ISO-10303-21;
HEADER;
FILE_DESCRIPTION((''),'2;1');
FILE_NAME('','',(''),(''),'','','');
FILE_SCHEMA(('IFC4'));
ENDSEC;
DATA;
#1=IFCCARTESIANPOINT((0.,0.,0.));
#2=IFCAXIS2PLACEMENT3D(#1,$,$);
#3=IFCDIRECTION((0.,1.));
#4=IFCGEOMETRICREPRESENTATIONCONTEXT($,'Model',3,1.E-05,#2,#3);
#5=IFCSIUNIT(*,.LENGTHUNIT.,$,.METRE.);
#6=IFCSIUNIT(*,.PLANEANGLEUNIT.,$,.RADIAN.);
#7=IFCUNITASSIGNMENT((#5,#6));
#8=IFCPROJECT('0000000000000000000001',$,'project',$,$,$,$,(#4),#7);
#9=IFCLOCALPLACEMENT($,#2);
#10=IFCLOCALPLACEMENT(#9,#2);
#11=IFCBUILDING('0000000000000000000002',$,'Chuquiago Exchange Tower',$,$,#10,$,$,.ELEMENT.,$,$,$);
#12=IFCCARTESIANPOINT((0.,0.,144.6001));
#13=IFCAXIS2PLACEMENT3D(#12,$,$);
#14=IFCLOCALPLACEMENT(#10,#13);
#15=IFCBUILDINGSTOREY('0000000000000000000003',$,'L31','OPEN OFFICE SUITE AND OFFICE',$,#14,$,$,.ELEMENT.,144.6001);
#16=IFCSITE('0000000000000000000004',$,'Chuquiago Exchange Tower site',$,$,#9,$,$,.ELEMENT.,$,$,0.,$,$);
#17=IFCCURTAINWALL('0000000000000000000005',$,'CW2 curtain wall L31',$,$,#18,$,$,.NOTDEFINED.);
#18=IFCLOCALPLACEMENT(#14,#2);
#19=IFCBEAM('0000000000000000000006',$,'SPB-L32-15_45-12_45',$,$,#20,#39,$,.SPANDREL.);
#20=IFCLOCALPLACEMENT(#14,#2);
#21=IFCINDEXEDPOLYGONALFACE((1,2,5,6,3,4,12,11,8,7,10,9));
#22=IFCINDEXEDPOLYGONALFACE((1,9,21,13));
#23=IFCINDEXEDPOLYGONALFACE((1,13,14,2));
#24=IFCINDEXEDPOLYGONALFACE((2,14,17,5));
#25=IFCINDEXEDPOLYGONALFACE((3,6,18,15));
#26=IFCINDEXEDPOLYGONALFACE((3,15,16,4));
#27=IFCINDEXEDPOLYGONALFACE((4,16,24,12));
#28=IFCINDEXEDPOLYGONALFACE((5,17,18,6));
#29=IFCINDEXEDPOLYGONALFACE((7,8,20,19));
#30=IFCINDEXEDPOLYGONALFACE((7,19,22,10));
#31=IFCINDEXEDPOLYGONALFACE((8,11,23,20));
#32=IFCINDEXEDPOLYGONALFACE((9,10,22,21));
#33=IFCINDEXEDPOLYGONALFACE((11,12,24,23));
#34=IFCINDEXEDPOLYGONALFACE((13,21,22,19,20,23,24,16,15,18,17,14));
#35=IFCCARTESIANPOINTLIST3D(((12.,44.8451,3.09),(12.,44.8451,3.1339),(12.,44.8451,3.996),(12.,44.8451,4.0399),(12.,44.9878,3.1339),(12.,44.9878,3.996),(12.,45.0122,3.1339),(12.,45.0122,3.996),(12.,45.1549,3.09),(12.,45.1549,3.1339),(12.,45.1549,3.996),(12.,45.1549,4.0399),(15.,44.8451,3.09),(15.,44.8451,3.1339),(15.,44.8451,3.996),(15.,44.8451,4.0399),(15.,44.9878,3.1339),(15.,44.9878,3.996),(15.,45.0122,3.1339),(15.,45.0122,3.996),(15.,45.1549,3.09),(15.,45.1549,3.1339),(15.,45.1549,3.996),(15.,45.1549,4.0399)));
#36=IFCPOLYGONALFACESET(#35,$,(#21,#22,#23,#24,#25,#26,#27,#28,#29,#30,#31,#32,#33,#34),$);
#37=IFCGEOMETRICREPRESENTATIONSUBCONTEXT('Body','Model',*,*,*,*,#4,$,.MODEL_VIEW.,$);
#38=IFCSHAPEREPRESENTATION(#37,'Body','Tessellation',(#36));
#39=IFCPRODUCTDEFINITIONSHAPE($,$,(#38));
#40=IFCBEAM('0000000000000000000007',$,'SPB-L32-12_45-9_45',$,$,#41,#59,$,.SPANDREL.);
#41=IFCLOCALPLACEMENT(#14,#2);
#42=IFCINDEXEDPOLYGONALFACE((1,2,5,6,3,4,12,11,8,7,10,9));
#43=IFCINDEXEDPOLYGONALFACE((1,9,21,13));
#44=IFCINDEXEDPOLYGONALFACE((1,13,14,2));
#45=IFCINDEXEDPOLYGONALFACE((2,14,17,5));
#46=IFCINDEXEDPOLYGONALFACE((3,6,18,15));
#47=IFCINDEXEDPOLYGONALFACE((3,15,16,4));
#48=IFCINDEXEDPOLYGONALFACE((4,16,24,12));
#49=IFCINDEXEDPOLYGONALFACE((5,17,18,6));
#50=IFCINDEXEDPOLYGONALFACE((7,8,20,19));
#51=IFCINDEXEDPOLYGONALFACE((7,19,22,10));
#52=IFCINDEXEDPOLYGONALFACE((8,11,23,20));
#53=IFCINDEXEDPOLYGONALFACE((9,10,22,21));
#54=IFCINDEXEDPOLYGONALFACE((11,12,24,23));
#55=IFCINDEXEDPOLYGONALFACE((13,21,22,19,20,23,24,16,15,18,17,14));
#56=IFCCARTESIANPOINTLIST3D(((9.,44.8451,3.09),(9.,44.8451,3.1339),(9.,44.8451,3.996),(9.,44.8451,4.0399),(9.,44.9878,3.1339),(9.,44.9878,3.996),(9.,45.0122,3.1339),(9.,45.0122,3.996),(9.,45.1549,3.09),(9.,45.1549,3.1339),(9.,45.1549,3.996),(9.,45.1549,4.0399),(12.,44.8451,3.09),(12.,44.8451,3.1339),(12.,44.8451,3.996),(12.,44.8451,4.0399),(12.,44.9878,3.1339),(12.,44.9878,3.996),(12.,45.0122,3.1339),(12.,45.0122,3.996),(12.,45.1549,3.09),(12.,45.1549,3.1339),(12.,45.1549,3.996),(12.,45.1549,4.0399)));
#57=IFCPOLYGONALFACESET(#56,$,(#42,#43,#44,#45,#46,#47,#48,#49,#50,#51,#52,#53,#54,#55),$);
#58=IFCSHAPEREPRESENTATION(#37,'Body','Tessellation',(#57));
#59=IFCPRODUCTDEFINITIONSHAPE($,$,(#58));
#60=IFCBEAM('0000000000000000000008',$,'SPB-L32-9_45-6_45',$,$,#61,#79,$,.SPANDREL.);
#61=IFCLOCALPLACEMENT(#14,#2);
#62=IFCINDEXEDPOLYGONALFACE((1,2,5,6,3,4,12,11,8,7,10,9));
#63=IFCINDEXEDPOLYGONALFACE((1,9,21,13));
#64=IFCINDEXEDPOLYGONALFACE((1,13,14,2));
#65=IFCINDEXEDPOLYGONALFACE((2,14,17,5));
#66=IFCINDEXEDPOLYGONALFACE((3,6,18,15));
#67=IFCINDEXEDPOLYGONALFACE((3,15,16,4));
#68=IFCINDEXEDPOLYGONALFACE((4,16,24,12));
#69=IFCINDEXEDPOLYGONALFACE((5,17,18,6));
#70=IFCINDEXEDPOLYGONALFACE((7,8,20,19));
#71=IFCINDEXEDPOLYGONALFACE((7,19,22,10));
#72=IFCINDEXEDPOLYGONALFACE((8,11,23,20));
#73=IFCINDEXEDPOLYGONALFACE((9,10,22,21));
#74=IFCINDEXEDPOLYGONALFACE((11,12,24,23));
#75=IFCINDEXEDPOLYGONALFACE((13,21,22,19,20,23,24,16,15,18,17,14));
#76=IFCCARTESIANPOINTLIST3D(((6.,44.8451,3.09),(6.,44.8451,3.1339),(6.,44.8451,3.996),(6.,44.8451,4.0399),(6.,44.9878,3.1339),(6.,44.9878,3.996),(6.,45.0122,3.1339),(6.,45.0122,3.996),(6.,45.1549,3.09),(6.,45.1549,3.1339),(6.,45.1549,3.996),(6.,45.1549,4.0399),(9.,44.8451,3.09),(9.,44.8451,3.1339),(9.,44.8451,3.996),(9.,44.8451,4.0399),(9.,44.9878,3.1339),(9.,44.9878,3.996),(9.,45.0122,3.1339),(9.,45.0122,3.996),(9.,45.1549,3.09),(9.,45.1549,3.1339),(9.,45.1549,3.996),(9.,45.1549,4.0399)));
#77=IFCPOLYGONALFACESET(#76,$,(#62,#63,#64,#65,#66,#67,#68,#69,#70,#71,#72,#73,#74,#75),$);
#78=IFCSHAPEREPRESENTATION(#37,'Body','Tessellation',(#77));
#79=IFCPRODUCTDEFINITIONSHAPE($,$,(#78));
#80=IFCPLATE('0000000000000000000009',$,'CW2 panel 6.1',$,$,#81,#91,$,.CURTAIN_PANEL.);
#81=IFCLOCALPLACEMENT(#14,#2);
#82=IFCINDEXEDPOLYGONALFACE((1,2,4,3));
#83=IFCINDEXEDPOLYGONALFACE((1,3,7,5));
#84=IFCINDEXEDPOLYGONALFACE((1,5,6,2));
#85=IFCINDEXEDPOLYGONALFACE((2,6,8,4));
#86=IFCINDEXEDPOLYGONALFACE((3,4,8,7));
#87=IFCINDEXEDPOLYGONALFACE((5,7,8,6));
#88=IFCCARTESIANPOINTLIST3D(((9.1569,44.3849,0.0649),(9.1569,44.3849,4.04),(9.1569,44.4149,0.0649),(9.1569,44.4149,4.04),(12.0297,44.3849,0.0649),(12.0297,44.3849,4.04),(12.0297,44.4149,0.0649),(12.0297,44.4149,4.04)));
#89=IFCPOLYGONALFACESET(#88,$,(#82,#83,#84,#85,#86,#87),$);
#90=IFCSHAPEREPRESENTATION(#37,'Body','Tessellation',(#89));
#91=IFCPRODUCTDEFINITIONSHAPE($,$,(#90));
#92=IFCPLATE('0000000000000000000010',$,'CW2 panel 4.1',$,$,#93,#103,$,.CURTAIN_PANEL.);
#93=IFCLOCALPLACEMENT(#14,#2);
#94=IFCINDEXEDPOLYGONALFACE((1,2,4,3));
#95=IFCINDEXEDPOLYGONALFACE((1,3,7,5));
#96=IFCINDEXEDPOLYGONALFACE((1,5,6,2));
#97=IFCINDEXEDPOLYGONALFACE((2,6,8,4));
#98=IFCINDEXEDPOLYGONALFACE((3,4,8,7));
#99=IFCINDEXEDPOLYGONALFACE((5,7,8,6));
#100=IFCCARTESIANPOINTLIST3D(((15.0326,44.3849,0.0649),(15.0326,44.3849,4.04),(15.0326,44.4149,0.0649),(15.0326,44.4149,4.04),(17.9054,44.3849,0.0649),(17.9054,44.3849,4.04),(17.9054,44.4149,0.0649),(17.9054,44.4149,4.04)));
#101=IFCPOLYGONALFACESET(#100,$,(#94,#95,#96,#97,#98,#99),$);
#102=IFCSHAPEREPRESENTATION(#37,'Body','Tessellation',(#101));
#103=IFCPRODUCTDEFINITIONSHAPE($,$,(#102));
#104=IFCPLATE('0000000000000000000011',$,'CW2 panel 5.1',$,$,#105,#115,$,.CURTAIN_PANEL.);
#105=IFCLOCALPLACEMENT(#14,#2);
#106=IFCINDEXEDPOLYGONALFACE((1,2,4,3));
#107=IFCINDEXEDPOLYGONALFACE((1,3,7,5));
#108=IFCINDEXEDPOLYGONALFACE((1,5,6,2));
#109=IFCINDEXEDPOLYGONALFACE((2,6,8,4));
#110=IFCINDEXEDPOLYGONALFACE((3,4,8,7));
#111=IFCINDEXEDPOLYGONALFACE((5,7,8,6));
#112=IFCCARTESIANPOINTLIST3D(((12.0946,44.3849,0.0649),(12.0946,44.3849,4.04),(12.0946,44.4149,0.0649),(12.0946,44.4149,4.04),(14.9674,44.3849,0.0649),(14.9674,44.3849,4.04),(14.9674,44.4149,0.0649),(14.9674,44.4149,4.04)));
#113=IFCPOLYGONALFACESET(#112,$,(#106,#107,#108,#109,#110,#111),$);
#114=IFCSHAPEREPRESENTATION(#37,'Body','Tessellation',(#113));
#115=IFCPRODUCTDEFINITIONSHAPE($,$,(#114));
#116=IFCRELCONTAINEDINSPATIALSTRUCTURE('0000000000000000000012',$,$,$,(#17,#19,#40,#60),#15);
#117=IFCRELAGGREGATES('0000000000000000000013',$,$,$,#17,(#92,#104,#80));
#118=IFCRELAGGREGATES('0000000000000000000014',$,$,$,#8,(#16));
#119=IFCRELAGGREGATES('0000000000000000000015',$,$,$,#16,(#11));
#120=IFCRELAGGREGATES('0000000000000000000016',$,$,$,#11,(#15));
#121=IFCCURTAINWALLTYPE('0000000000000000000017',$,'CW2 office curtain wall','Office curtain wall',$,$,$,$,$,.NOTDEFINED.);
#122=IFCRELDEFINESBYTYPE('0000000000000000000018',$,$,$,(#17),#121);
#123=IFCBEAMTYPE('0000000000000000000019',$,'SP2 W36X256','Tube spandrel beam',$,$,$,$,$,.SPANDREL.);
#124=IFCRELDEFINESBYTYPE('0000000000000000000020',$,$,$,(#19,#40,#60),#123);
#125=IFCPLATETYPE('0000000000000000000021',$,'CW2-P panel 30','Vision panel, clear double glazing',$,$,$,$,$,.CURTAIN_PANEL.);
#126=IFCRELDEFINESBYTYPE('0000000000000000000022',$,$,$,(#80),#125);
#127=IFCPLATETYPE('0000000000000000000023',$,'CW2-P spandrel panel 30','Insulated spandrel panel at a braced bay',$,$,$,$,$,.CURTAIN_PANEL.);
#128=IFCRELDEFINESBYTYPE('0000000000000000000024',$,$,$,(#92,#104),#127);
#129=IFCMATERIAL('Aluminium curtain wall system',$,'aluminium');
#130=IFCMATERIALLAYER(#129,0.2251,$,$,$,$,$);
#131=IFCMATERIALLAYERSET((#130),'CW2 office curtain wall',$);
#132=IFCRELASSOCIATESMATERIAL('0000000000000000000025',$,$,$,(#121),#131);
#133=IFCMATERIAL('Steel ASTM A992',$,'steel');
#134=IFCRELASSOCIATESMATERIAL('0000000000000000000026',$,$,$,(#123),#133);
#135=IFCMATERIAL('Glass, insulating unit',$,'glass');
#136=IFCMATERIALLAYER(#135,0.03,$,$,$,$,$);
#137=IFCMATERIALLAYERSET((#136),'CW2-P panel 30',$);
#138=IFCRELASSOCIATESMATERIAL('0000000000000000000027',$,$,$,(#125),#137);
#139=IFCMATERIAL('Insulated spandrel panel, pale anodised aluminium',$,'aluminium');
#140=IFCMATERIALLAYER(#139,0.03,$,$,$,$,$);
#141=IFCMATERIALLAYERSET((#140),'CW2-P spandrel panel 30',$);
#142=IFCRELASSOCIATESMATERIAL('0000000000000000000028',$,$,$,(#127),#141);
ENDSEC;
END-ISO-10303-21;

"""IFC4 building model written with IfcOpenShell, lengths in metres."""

from ifc_helpers import new_model, si_unit, direction, frame, origin, origin_2d, place, context, subcontext, project, spatial, rectangle, i_section, extrude, material, layer, layer_set, material_profile, profile_set, type_object, element, aggregate, save


model = new_model("IFC4")

# Units and contexts
model_context = context("Model", 3, precision=1e-05, world=origin(), true_north=direction((0.0, 1.0)))
body_context = subcontext(model_context, "Body", "Model", "MODEL_VIEW")
ifc_project = project(units=[si_unit("LENGTHUNIT", "METRE"), si_unit("PLANEANGLEUNIT", "RADIAN")], contexts=[model_context])

# Site, building, storey
site_placement = place(None, origin())
site = spatial("IfcSite", under=ifc_project, at=site_placement, Name="Chuquiago Exchange Tower site", CompositionType="ELEMENT", RefElevation=0.0)
building_placement = place(site_placement, origin())
building = spatial("IfcBuilding", under=site, at=building_placement, Name="Chuquiago Exchange Tower", CompositionType="ELEMENT")
storey_placement = place(building_placement, frame((0.0, 0.0, 144.6001)))
storey = spatial("IfcBuildingStorey", under=building, at=storey_placement, Name="L31", Description="OPEN OFFICE SUITE AND OFFICE", CompositionType="ELEMENT", Elevation=144.6001)

# Curtain wall
ifc_material_1 = material(Name="Aluminium curtain wall system", Category="aluminium")
ifc_layer_1 = layer(ifc_material_1, 0.2251)
ifc_layer_set_1 = layer_set([ifc_layer_1], Name="CW2 office curtain wall")
curtain_wall_type = type_object("IfcCurtainWallType", Name="CW2 office curtain wall", Description="Office curtain wall", PredefinedType="NOTDEFINED", material=ifc_layer_set_1)
curtain_wall_placement = place(storey_placement, origin())
curtain_wall = element("IfcCurtainWall", 1, at=curtain_wall_placement, inside=storey, type_object=curtain_wall_type, Name="CW2 curtain wall L31", PredefinedType="NOTDEFINED")

# Beams
ifc_material_2 = material(Name="Steel ASTM A992", Category="steel")
ifc_material_profile_1 = material_profile(ifc_material_2, i_section(OverallWidth=0.3098, OverallDepth=0.95, WebThickness=0.0244, FlangeThickness=0.0439, at=origin_2d()), Name="W36X256")
ifc_profile_set_1 = profile_set([ifc_material_profile_1], Name="Steel ASTM A992")
beam_type = type_object("IfcBeamType", Name="SP2 W36X256", Description="Tube spandrel beam", PredefinedType="SPANDREL", material=ifc_profile_set_1)
for number, where, z_axis, x_axis, name in (
    (2, (15.0, 45.0, 3.5649), (-1.0, 0.0, 0.0), (0.0, -1.0, 0.0), "SPB-L32-15_45-12_45"),
    (3, (12.0, 45.0, 3.5649), (-1.0, 0.0, 0.0), (0.0, -1.0, 0.0), "SPB-L32-12_45-9_45"),
    (4, (9.0, 45.0, 3.5649), (-1.0, 0.0, 0.0), (0.0, -1.0, 0.0), "SPB-L32-9_45-6_45"),
):
    element("IfcBeam", number, at=place(storey_placement, frame(where, z_axis=z_axis, x_axis=x_axis)), inside=storey, type_object=beam_type, Name=name, PredefinedType="SPANDREL", context=body_context, shape_type="SweptSolid", body=[
        extrude(i_section(OverallWidth=0.3098, OverallDepth=0.95, WebThickness=0.0244, FlangeThickness=0.0439, at=origin_2d()), origin(), (0.0, 0.0, 1.0), 3.0),
    ])

# Plates
ifc_material_3 = material(Name="Glass, insulating unit", Category="glass")
ifc_layer_2 = layer(ifc_material_3, 0.03)
ifc_layer_set_2 = layer_set([ifc_layer_2], Name="CW2-P panel 30")
plate_type_1 = type_object("IfcPlateType", Name="CW2-P panel 30", Description="Vision panel, clear double glazing", PredefinedType="CURTAIN_PANEL", material=ifc_layer_set_2)
plate_1_placement = place(storey_placement, frame((10.5933, 44.3999, 0.0649), z_axis=(0.0, 0.0, 1.0), x_axis=(-1.0, 0.0, 0.0)))
plate_1 = element("IfcPlate", 5, at=plate_1_placement, type_object=plate_type_1, Name="CW2 panel 6.1", PredefinedType="CURTAIN_PANEL", context=body_context, shape_type="SweptSolid", body=[
    extrude(rectangle(XDim=2.8728, YDim=0.03, at=origin_2d()), origin(), (0.0, 0.0, 1.0), 3.9751),
])
ifc_material_4 = material(Name="Insulated spandrel panel, pale anodised aluminium", Category="aluminium")
ifc_layer_3 = layer(ifc_material_4, 0.03)
ifc_layer_set_3 = layer_set([ifc_layer_3], Name="CW2-P spandrel panel 30")
plate_type_2 = type_object("IfcPlateType", Name="CW2-P spandrel panel 30", Description="Insulated spandrel panel at a braced bay", PredefinedType="CURTAIN_PANEL", material=ifc_layer_set_3)
plate_2_placement = place(storey_placement, frame((16.469, 44.3999, 0.0649), z_axis=(0.0, 0.0, 1.0), x_axis=(-1.0, 0.0, 0.0)))
plate_2 = element("IfcPlate", 6, at=plate_2_placement, type_object=plate_type_2, Name="CW2 panel 4.1", PredefinedType="CURTAIN_PANEL", context=body_context, shape_type="SweptSolid", body=[
    extrude(rectangle(XDim=2.8728, YDim=0.03, at=origin_2d()), origin(), (0.0, 0.0, 1.0), 3.9751),
])
plate_3_placement = place(storey_placement, frame((13.531, 44.3999, 0.0649), z_axis=(0.0, 0.0, 1.0), x_axis=(-1.0, 0.0, 0.0)))
plate_3 = element("IfcPlate", 7, at=plate_3_placement, type_object=plate_type_2, Name="CW2 panel 5.1", PredefinedType="CURTAIN_PANEL", context=body_context, shape_type="SweptSolid", body=[
    extrude(rectangle(XDim=2.8728, YDim=0.03, at=origin_2d()), origin(), (0.0, 0.0, 1.0), 3.9751),
])
aggregate(curtain_wall, [plate_2, plate_3, plate_1])

save(model, "model.ifc")
